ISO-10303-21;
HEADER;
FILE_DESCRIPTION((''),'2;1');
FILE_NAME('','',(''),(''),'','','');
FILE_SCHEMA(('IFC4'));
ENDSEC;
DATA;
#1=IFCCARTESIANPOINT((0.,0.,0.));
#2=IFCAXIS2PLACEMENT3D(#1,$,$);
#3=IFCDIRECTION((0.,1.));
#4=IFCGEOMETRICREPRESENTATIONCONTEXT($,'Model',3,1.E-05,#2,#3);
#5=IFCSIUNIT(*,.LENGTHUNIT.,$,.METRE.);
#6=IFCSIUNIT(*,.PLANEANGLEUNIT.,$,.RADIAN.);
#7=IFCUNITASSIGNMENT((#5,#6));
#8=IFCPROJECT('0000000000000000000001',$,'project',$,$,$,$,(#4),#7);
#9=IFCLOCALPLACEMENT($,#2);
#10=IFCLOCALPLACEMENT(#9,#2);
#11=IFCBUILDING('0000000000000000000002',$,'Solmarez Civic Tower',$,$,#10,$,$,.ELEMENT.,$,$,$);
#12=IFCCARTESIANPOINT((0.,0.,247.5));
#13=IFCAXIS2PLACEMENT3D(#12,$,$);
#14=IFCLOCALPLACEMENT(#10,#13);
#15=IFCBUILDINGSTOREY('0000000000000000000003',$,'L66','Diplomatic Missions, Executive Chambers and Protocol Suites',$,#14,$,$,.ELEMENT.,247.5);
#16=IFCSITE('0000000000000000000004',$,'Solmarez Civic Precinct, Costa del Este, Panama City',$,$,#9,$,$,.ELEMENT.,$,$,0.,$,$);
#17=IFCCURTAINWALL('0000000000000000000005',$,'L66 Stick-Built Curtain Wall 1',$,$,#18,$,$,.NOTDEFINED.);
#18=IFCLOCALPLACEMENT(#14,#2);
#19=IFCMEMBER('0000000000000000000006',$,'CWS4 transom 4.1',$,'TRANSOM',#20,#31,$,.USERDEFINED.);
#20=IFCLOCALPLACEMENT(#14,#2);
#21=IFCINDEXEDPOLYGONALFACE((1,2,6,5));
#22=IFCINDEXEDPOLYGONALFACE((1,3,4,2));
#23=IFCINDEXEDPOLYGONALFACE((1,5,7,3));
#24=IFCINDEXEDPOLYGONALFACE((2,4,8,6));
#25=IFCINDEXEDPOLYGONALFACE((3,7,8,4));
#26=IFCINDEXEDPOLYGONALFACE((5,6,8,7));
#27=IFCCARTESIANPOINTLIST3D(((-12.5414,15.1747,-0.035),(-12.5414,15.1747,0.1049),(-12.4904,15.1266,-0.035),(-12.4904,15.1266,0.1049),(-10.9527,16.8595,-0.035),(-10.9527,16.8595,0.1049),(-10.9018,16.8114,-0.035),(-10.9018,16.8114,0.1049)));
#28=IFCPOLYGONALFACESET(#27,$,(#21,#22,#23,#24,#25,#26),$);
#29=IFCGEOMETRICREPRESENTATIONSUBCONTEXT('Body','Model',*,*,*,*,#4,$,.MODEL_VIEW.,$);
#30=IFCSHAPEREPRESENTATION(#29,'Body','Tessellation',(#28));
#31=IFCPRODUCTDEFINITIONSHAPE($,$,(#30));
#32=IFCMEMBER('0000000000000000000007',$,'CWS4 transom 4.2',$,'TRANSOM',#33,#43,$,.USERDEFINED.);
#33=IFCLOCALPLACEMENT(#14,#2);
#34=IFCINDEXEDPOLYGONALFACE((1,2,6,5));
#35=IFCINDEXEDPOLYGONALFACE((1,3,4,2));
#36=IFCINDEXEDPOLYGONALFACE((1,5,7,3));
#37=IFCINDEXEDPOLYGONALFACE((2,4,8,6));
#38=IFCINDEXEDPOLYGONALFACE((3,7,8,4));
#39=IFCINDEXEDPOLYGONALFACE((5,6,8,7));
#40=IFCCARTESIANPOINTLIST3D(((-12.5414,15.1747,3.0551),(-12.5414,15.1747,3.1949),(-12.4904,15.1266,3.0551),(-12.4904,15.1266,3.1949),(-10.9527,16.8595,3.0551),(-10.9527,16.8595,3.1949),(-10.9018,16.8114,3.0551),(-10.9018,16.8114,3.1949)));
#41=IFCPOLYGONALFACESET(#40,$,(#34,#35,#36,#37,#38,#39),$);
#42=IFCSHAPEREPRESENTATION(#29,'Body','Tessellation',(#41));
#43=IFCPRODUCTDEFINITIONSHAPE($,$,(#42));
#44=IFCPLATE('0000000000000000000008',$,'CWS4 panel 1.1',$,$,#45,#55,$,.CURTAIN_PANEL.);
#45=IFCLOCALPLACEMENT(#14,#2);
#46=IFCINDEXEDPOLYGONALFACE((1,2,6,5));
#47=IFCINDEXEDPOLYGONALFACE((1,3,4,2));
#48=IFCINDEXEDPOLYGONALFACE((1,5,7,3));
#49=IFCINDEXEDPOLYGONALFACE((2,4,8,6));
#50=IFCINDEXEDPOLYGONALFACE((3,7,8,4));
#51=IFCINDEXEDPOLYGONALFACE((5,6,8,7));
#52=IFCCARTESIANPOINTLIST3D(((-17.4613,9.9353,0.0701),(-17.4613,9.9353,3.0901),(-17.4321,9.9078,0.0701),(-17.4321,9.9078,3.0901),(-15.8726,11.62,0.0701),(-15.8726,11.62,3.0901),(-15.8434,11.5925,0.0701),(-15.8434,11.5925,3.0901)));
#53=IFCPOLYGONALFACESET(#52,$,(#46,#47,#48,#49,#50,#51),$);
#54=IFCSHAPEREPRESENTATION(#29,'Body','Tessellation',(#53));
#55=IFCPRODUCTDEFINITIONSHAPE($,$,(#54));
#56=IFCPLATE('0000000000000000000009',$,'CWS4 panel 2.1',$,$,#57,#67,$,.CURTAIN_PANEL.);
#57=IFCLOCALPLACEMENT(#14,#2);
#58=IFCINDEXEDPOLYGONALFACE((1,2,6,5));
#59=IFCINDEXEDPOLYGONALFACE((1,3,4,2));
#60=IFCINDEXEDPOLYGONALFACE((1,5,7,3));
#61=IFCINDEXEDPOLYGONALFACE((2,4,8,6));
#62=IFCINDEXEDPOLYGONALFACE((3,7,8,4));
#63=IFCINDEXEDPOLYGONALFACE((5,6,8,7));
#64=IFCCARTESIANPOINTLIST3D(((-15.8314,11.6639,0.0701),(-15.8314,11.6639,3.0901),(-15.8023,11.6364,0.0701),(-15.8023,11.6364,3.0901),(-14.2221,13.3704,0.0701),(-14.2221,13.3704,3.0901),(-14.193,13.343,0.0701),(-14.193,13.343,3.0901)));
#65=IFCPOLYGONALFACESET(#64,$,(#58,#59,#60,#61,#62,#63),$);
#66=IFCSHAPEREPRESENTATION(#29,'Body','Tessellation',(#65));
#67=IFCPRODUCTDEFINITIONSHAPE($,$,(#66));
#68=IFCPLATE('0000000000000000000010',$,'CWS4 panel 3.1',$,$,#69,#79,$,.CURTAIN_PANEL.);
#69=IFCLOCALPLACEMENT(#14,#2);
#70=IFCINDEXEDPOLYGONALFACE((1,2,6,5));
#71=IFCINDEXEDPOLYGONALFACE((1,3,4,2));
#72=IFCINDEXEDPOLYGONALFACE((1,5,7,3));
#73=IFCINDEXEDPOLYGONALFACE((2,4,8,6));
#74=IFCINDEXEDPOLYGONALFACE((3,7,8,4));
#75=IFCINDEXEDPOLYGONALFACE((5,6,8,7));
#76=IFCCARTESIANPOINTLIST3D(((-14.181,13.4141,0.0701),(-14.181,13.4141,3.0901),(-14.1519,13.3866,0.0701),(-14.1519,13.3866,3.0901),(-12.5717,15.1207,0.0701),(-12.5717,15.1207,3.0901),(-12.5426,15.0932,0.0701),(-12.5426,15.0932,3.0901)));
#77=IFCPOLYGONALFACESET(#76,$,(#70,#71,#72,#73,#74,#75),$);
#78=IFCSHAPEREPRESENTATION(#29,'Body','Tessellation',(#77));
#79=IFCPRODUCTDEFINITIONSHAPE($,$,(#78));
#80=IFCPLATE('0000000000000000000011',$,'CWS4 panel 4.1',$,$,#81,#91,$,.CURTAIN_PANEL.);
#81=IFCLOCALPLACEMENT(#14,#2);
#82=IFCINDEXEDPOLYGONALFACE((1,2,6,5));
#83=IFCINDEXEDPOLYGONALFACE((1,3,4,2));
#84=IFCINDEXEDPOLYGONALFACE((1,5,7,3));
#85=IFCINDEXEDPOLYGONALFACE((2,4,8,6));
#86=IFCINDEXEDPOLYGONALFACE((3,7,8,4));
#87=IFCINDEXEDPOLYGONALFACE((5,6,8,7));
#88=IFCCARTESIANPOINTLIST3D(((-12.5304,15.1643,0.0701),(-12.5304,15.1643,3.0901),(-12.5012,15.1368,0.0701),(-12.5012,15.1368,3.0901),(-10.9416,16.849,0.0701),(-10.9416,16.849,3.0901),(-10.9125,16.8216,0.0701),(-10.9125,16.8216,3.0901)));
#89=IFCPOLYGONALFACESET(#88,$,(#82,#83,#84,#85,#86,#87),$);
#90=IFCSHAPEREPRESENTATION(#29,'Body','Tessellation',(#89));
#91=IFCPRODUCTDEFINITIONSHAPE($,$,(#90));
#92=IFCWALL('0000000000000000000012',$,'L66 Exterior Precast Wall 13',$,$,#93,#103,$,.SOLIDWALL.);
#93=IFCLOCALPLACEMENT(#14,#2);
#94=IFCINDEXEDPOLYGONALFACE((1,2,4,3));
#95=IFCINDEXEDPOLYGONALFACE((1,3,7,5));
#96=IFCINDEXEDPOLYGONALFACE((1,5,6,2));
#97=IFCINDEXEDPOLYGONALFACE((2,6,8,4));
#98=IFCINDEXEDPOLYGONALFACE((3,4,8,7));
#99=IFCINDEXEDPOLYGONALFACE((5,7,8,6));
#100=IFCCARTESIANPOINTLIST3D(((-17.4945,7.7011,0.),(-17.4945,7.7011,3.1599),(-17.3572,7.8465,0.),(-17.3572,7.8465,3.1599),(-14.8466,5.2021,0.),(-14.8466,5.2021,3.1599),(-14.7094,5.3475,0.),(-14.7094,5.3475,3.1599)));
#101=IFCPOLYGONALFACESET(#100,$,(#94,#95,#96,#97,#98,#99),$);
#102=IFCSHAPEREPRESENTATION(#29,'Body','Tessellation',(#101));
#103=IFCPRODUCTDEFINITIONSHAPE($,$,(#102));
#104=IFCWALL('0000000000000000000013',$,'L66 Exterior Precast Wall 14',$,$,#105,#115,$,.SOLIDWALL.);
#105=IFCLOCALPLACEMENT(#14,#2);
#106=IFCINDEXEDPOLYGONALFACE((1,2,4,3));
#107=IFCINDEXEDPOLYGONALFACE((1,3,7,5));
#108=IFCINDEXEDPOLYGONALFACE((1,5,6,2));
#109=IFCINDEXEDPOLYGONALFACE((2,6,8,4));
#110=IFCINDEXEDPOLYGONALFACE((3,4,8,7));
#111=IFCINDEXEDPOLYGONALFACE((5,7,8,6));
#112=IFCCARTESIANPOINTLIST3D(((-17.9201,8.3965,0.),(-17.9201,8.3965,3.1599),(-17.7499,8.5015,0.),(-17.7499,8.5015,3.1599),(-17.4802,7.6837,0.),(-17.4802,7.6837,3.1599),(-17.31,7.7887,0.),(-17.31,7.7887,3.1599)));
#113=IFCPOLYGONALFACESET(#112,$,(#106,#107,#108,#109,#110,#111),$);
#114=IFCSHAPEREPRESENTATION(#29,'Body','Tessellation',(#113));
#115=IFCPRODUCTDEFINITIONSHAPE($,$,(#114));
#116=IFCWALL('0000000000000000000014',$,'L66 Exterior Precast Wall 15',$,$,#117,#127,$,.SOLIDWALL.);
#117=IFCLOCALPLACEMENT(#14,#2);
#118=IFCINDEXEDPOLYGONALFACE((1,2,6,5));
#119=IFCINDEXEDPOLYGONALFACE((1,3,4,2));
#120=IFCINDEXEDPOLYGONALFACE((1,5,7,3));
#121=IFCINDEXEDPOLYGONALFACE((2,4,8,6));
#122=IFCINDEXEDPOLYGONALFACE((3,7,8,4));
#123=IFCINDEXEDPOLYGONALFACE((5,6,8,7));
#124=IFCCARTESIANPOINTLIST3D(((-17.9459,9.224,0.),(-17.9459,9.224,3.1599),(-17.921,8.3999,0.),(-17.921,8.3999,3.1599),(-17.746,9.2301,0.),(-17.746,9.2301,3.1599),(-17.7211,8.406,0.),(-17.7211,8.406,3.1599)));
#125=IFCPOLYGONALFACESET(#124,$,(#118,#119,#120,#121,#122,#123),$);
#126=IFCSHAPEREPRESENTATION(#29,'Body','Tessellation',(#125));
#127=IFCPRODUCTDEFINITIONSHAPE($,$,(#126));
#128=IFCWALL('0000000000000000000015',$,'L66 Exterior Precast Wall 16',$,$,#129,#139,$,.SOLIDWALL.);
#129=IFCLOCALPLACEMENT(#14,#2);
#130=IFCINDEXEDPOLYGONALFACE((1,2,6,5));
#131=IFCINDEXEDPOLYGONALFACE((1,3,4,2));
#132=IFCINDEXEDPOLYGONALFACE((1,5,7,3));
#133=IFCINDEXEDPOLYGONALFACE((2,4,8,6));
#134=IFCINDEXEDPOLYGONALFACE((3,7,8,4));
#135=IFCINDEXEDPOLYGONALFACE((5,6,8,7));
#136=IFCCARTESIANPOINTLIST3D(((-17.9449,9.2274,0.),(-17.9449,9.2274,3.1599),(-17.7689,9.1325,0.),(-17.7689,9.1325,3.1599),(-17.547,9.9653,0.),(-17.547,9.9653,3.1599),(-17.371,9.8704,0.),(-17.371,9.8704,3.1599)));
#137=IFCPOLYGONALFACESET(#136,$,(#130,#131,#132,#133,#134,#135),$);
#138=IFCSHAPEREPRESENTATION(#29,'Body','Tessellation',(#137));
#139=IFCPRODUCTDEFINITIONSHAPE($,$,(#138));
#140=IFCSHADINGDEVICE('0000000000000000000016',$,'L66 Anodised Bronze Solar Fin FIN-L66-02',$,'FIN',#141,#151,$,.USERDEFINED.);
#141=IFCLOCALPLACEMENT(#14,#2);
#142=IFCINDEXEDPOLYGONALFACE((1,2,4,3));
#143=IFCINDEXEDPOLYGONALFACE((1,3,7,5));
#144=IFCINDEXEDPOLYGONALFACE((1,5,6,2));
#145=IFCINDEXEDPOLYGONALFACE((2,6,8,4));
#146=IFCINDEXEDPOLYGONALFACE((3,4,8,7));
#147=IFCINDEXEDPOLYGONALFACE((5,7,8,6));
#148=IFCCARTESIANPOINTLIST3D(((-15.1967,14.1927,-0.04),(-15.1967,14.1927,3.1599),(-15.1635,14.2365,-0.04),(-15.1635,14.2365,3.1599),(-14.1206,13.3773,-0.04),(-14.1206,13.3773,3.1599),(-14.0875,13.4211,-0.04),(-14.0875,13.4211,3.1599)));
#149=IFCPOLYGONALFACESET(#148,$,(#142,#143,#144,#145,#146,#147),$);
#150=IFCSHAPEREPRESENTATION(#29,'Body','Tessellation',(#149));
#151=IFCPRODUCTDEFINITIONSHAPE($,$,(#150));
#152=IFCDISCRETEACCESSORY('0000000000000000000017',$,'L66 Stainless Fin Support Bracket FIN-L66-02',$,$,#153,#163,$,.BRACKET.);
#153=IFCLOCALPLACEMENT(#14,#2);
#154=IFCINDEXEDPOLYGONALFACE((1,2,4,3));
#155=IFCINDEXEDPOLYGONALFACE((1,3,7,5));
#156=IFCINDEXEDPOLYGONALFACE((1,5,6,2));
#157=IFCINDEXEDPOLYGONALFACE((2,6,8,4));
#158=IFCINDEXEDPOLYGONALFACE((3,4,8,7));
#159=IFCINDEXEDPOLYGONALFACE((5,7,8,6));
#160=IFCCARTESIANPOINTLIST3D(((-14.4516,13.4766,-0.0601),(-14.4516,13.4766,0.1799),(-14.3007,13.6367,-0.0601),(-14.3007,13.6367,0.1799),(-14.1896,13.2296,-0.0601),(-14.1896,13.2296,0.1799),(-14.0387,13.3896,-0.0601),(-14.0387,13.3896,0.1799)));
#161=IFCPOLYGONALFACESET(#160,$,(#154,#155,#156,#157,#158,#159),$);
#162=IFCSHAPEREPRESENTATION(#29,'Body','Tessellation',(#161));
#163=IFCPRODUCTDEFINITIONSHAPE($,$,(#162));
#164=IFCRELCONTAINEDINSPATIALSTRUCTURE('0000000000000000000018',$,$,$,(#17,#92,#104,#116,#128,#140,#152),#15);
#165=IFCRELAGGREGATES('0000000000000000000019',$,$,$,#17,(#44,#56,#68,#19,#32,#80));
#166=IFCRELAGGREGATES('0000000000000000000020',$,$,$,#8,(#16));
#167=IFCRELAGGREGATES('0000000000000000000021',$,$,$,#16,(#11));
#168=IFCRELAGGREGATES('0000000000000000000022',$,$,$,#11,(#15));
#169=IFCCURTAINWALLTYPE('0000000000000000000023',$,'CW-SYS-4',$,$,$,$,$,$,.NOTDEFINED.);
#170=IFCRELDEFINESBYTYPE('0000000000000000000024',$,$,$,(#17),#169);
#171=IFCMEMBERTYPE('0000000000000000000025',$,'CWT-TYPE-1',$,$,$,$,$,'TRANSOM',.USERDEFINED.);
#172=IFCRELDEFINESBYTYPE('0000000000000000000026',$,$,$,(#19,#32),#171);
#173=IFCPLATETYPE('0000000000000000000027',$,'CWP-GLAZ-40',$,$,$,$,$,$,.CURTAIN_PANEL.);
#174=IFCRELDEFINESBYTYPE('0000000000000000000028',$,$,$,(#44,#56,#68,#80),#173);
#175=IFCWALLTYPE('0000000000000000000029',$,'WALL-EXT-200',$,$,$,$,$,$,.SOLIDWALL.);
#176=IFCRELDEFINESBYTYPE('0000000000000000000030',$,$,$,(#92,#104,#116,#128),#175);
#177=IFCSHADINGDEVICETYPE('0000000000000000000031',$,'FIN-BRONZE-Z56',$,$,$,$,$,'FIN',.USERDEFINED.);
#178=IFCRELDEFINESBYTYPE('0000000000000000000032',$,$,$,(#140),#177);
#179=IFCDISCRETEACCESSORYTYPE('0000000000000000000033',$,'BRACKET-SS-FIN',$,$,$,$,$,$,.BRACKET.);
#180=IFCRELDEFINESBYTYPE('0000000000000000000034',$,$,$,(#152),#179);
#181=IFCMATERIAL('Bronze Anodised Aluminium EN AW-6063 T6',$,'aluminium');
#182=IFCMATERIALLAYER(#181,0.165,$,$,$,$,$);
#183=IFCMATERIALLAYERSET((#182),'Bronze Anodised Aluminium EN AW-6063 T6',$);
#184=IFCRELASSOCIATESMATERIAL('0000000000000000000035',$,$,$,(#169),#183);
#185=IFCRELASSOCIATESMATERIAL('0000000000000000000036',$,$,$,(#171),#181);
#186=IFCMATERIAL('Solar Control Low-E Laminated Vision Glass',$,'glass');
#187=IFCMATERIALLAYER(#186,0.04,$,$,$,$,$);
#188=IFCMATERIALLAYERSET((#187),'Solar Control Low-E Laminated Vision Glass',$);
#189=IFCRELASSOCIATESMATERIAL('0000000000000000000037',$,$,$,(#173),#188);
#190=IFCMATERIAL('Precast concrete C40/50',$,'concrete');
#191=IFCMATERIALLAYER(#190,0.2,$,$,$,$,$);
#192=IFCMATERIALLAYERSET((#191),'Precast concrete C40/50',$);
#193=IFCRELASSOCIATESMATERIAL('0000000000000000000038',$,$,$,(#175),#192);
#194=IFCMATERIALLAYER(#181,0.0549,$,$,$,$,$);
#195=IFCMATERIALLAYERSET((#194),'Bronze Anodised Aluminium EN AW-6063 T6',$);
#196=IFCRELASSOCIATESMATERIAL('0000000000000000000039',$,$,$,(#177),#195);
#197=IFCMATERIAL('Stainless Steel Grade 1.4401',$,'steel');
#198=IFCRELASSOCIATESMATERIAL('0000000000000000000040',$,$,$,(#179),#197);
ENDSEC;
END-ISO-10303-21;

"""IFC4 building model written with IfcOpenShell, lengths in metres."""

from ifc_helpers import new_model, si_unit, direction, frame, frame_2d, origin, origin_2d, place, context, subcontext, project, spatial, rectangle, extrude, material, layer, layer_set, material_profile, profile_set, type_object, element, aggregate, save


model = new_model("IFC4")

# Units and contexts
model_context = context("Model", 3, precision=1e-05, world=origin(), true_north=direction((0.0, 1.0)))
body_context = subcontext(model_context, "Body", "Model", "MODEL_VIEW")
ifc_project = project(units=[si_unit("LENGTHUNIT", "METRE"), si_unit("PLANEANGLEUNIT", "RADIAN")], contexts=[model_context])

# Site, building, storey
site_placement = place(None, origin())
site = spatial("IfcSite", under=ifc_project, at=site_placement, Name="Solmarez Civic Precinct, Costa del Este, Panama City", CompositionType="ELEMENT", RefElevation=0.0)
building_placement = place(site_placement, origin())
building = spatial("IfcBuilding", under=site, at=building_placement, Name="Solmarez Civic Tower", CompositionType="ELEMENT")
storey_placement = place(building_placement, frame((0.0, 0.0, 247.5)))
storey = spatial("IfcBuildingStorey", under=building, at=storey_placement, Name="L66", Description="Diplomatic Missions, Executive Chambers and Protocol Suites", CompositionType="ELEMENT", Elevation=247.5)

# Curtain wall, members, plates
ifc_material_1 = material(Name="Bronze Anodised Aluminium EN AW-6063 T6", Category="aluminium")
ifc_layer_1 = layer(ifc_material_1, 0.165)
ifc_layer_set_1 = layer_set([ifc_layer_1], Name="Bronze Anodised Aluminium EN AW-6063 T6")
curtain_wall_type = type_object("IfcCurtainWallType", Name="CW-SYS-4", PredefinedType="NOTDEFINED", material=ifc_layer_set_1)
curtain_wall_placement = place(storey_placement, origin())
curtain_wall = element("IfcCurtainWall", 1, at=curtain_wall_placement, inside=storey, type_object=curtain_wall_type, Name="L66 Stick-Built Curtain Wall 1", PredefinedType="NOTDEFINED")
ifc_material_profile_1 = material_profile(ifc_material_1, rectangle(XDim=0.0701, YDim=0.1399, at=origin_2d()), Name="CWT-70X140")
ifc_profile_set_1 = profile_set([ifc_material_profile_1], Name="Bronze Anodised Aluminium EN AW-6063 T6")
member_type_1 = type_object("IfcMemberType", Name="CWT-TYPE-1", ElementType="TRANSOM", PredefinedType="USERDEFINED", material=ifc_profile_set_1)
member_1_placement = place(storey_placement, frame((-12.5159, 15.1506, 0.0349), z_axis=(0.686032, 0.727571, 0.0), x_axis=(-0.727571, 0.686032, 0.0)))
member_1 = element("IfcMember", 2, at=member_1_placement, type_object=member_type_1, Name="CWS4 transom 4.1", ObjectType="TRANSOM", PredefinedType="USERDEFINED", context=body_context, shape_type="SweptSolid", body=[
    extrude(rectangle(XDim=0.0701, YDim=0.1399, at=origin_2d()), origin(), (0.0, 0.0, 1.0), 2.3157),
])
member_2_placement = place(storey_placement, frame((-12.5159, 15.1506, 3.125), z_axis=(0.686032, 0.727571, 0.0), x_axis=(-0.727571, 0.686032, 0.0)))
member_2 = element("IfcMember", 3, at=member_2_placement, type_object=member_type_1, Name="CWS4 transom 4.2", ObjectType="TRANSOM", PredefinedType="USERDEFINED", context=body_context, shape_type="SweptSolid", body=[
    extrude(rectangle(XDim=0.0701, YDim=0.1399, at=origin_2d()), origin(), (0.0, 0.0, 1.0), 2.3157),
])
ifc_material_2 = material(Name="Solar Control Low-E Laminated Vision Glass", Category="glass")
ifc_layer_2 = layer(ifc_material_2, 0.04)
ifc_layer_set_2 = layer_set([ifc_layer_2], Name="Solar Control Low-E Laminated Vision Glass")
plate_type = type_object("IfcPlateType", Name="CWP-GLAZ-40", PredefinedType="CURTAIN_PANEL", material=ifc_layer_set_2)
plate_1_placement = place(storey_placement, frame((-16.6523, 10.7639, 0.0701), z_axis=(0.0, 0.0, 1.0), x_axis=(0.686071, 0.727535, 0.0)))
plate_1 = element("IfcPlate", 4, at=plate_1_placement, type_object=plate_type, Name="CWS4 panel 1.1", PredefinedType="CURTAIN_PANEL", context=body_context, shape_type="SweptSolid", body=[
    extrude(rectangle(XDim=2.3157, YDim=0.04, at=origin_2d()), origin(), (0.0, 0.0, 1.0), 3.02),
])
plate_2_placement = place(storey_placement, frame((-15.0122, 12.5034, 0.0701), z_axis=(0.0, 0.0, 1.0), x_axis=(0.686071, 0.727535, 0.0)))
plate_2 = element("IfcPlate", 5, at=plate_2_placement, type_object=plate_type, Name="CWS4 panel 2.1", PredefinedType="CURTAIN_PANEL", context=body_context, shape_type="SweptSolid", body=[
    extrude(rectangle(XDim=2.3457, YDim=0.04, at=origin_2d()), origin(), (0.0, 0.0, 1.0), 3.02),
])
plate_3_placement = place(storey_placement, frame((-13.3618, 14.2537, 0.0701), z_axis=(0.0, 0.0, 1.0), x_axis=(0.686071, 0.727535, 0.0)))
plate_3 = element("IfcPlate", 6, at=plate_3_placement, type_object=plate_type, Name="CWS4 panel 3.1", PredefinedType="CURTAIN_PANEL", context=body_context, shape_type="SweptSolid", body=[
    extrude(rectangle(XDim=2.3457, YDim=0.04, at=origin_2d()), origin(), (0.0, 0.0, 1.0), 3.02),
])
plate_4_placement = place(storey_placement, frame((-11.7214, 15.9929, 0.0701), z_axis=(0.0, 0.0, 1.0), x_axis=(0.686071, 0.727535, 0.0)))
plate_4 = element("IfcPlate", 7, at=plate_4_placement, type_object=plate_type, Name="CWS4 panel 4.1", PredefinedType="CURTAIN_PANEL", context=body_context, shape_type="SweptSolid", body=[
    extrude(rectangle(XDim=2.3157, YDim=0.04, at=origin_2d()), origin(), (0.0, 0.0, 1.0), 3.02),
])
aggregate(curtain_wall, [plate_1, plate_2, plate_3, member_1, member_2, plate_4])

# Walls
ifc_material_3 = material(Name="Precast concrete C40/50", Category="concrete")
ifc_layer_3 = layer(ifc_material_3, 0.2)
ifc_layer_set_3 = layer_set([ifc_layer_3], Name="Precast concrete C40/50")
wall_type = type_object("IfcWallType", Name="WALL-EXT-200", PredefinedType="SOLIDWALL", material=ifc_layer_set_3)
wall_1_placement = place(storey_placement, frame((-14.7781, 5.2749, 0.0), z_axis=(0.0, 0.0, 1.0), x_axis=(-0.727262, 0.68636, 0.0)))
element("IfcWall", 8, at=wall_1_placement, inside=storey, type_object=wall_type, Name="L66 Exterior Precast Wall 13", PredefinedType="SOLIDWALL", context=body_context, shape_type="SweptSolid", body=[
    extrude(rectangle(XDim=3.6409, YDim=0.2, at=frame_2d((1.8203, 0.0))), origin(), (0.0, 0.0, 1.0), 3.1599),
])
wall_2_placement = place(storey_placement, frame((-17.395, 7.7361, 0.0), z_axis=(0.0, 0.0, 1.0), x_axis=(-0.52517, 0.850997, 0.0)))
element("IfcWall", 9, at=wall_2_placement, inside=storey, type_object=wall_type, Name="L66 Exterior Precast Wall 14", PredefinedType="SOLIDWALL", context=body_context, shape_type="SweptSolid", body=[
    extrude(rectangle(XDim=0.8376, YDim=0.2, at=frame_2d((0.4189, 0.0))), origin(), (0.0, 0.0, 1.0), 3.1599),
])
wall_3_placement = place(storey_placement, frame((-17.821, 8.4031, 0.0), z_axis=(0.0, 0.0, 1.0), x_axis=(-0.030208, 0.999544, 0.0)))
element("IfcWall", 10, at=wall_3_placement, inside=storey, type_object=wall_type, Name="L66 Exterior Precast Wall 15", PredefinedType="SOLIDWALL", context=body_context, shape_type="SweptSolid", body=[
    extrude(rectangle(XDim=0.8245, YDim=0.2, at=frame_2d((0.4121, 0.0))), origin(), (0.0, 0.0, 1.0), 3.1599),
])
wall_4_placement = place(storey_placement, frame((-17.8569, 9.1799, 0.0), z_axis=(0.0, 0.0, 1.0), x_axis=(0.474603, 0.8802, 0.0)))
element("IfcWall", 11, at=wall_4_placement, inside=storey, type_object=wall_type, Name="L66 Exterior Precast Wall 16", PredefinedType="SOLIDWALL", context=body_context, shape_type="SweptSolid", body=[
    extrude(rectangle(XDim=0.8384, YDim=0.2, at=frame_2d((0.4192, 0.0))), origin(), (0.0, 0.0, 1.0), 3.1599),
])

# Shading device
ifc_layer_4 = layer(ifc_material_1, 0.0549)
ifc_layer_set_4 = layer_set([ifc_layer_4], Name="Bronze Anodised Aluminium EN AW-6063 T6")
shading_device_type = type_object("IfcShadingDeviceType", Name="FIN-BRONZE-Z56", ElementType="FIN", PredefinedType="USERDEFINED", material=ifc_layer_set_4)
shading_device_placement = place(storey_placement, frame((-14.6421, 13.8069, -0.04), z_axis=(0.0, 0.0, 1.0), x_axis=(-0.797026, 0.603946, 0.0)))
element("IfcShadingDevice", 12, at=shading_device_placement, inside=storey, type_object=shading_device_type, Name="L66 Anodised Bronze Solar Fin FIN-L66-02", ObjectType="FIN", PredefinedType="USERDEFINED", context=body_context, shape_type="SweptSolid", body=[
    extrude(rectangle(XDim=1.3501, YDim=0.0549, at=origin_2d()), origin(), (0.0, 0.0, 1.0), 3.2),
])

# Discrete accessory
ifc_material_4 = material(Name="Stainless Steel Grade 1.4401", Category="steel")
discrete_accessory_type = type_object("IfcDiscreteAccessoryType", Name="BRACKET-SS-FIN", PredefinedType="BRACKET", material=ifc_material_4)
discrete_accessory_placement = place(storey_placement, frame((-14.2451, 13.4331, -0.0601), z_axis=(0.0, 0.0, 1.0), x_axis=(-0.727537, 0.686068, 0.0)))
element("IfcDiscreteAccessory", 13, at=discrete_accessory_placement, inside=storey, type_object=discrete_accessory_type, Name="L66 Stainless Fin Support Bracket FIN-L66-02", PredefinedType="BRACKET", context=body_context, shape_type="SweptSolid", body=[
    extrude(rectangle(XDim=0.3601, YDim=0.22, at=origin_2d()), origin(), (0.0, 0.0, 1.0), 0.24),
])

save(model, "model.ifc")
